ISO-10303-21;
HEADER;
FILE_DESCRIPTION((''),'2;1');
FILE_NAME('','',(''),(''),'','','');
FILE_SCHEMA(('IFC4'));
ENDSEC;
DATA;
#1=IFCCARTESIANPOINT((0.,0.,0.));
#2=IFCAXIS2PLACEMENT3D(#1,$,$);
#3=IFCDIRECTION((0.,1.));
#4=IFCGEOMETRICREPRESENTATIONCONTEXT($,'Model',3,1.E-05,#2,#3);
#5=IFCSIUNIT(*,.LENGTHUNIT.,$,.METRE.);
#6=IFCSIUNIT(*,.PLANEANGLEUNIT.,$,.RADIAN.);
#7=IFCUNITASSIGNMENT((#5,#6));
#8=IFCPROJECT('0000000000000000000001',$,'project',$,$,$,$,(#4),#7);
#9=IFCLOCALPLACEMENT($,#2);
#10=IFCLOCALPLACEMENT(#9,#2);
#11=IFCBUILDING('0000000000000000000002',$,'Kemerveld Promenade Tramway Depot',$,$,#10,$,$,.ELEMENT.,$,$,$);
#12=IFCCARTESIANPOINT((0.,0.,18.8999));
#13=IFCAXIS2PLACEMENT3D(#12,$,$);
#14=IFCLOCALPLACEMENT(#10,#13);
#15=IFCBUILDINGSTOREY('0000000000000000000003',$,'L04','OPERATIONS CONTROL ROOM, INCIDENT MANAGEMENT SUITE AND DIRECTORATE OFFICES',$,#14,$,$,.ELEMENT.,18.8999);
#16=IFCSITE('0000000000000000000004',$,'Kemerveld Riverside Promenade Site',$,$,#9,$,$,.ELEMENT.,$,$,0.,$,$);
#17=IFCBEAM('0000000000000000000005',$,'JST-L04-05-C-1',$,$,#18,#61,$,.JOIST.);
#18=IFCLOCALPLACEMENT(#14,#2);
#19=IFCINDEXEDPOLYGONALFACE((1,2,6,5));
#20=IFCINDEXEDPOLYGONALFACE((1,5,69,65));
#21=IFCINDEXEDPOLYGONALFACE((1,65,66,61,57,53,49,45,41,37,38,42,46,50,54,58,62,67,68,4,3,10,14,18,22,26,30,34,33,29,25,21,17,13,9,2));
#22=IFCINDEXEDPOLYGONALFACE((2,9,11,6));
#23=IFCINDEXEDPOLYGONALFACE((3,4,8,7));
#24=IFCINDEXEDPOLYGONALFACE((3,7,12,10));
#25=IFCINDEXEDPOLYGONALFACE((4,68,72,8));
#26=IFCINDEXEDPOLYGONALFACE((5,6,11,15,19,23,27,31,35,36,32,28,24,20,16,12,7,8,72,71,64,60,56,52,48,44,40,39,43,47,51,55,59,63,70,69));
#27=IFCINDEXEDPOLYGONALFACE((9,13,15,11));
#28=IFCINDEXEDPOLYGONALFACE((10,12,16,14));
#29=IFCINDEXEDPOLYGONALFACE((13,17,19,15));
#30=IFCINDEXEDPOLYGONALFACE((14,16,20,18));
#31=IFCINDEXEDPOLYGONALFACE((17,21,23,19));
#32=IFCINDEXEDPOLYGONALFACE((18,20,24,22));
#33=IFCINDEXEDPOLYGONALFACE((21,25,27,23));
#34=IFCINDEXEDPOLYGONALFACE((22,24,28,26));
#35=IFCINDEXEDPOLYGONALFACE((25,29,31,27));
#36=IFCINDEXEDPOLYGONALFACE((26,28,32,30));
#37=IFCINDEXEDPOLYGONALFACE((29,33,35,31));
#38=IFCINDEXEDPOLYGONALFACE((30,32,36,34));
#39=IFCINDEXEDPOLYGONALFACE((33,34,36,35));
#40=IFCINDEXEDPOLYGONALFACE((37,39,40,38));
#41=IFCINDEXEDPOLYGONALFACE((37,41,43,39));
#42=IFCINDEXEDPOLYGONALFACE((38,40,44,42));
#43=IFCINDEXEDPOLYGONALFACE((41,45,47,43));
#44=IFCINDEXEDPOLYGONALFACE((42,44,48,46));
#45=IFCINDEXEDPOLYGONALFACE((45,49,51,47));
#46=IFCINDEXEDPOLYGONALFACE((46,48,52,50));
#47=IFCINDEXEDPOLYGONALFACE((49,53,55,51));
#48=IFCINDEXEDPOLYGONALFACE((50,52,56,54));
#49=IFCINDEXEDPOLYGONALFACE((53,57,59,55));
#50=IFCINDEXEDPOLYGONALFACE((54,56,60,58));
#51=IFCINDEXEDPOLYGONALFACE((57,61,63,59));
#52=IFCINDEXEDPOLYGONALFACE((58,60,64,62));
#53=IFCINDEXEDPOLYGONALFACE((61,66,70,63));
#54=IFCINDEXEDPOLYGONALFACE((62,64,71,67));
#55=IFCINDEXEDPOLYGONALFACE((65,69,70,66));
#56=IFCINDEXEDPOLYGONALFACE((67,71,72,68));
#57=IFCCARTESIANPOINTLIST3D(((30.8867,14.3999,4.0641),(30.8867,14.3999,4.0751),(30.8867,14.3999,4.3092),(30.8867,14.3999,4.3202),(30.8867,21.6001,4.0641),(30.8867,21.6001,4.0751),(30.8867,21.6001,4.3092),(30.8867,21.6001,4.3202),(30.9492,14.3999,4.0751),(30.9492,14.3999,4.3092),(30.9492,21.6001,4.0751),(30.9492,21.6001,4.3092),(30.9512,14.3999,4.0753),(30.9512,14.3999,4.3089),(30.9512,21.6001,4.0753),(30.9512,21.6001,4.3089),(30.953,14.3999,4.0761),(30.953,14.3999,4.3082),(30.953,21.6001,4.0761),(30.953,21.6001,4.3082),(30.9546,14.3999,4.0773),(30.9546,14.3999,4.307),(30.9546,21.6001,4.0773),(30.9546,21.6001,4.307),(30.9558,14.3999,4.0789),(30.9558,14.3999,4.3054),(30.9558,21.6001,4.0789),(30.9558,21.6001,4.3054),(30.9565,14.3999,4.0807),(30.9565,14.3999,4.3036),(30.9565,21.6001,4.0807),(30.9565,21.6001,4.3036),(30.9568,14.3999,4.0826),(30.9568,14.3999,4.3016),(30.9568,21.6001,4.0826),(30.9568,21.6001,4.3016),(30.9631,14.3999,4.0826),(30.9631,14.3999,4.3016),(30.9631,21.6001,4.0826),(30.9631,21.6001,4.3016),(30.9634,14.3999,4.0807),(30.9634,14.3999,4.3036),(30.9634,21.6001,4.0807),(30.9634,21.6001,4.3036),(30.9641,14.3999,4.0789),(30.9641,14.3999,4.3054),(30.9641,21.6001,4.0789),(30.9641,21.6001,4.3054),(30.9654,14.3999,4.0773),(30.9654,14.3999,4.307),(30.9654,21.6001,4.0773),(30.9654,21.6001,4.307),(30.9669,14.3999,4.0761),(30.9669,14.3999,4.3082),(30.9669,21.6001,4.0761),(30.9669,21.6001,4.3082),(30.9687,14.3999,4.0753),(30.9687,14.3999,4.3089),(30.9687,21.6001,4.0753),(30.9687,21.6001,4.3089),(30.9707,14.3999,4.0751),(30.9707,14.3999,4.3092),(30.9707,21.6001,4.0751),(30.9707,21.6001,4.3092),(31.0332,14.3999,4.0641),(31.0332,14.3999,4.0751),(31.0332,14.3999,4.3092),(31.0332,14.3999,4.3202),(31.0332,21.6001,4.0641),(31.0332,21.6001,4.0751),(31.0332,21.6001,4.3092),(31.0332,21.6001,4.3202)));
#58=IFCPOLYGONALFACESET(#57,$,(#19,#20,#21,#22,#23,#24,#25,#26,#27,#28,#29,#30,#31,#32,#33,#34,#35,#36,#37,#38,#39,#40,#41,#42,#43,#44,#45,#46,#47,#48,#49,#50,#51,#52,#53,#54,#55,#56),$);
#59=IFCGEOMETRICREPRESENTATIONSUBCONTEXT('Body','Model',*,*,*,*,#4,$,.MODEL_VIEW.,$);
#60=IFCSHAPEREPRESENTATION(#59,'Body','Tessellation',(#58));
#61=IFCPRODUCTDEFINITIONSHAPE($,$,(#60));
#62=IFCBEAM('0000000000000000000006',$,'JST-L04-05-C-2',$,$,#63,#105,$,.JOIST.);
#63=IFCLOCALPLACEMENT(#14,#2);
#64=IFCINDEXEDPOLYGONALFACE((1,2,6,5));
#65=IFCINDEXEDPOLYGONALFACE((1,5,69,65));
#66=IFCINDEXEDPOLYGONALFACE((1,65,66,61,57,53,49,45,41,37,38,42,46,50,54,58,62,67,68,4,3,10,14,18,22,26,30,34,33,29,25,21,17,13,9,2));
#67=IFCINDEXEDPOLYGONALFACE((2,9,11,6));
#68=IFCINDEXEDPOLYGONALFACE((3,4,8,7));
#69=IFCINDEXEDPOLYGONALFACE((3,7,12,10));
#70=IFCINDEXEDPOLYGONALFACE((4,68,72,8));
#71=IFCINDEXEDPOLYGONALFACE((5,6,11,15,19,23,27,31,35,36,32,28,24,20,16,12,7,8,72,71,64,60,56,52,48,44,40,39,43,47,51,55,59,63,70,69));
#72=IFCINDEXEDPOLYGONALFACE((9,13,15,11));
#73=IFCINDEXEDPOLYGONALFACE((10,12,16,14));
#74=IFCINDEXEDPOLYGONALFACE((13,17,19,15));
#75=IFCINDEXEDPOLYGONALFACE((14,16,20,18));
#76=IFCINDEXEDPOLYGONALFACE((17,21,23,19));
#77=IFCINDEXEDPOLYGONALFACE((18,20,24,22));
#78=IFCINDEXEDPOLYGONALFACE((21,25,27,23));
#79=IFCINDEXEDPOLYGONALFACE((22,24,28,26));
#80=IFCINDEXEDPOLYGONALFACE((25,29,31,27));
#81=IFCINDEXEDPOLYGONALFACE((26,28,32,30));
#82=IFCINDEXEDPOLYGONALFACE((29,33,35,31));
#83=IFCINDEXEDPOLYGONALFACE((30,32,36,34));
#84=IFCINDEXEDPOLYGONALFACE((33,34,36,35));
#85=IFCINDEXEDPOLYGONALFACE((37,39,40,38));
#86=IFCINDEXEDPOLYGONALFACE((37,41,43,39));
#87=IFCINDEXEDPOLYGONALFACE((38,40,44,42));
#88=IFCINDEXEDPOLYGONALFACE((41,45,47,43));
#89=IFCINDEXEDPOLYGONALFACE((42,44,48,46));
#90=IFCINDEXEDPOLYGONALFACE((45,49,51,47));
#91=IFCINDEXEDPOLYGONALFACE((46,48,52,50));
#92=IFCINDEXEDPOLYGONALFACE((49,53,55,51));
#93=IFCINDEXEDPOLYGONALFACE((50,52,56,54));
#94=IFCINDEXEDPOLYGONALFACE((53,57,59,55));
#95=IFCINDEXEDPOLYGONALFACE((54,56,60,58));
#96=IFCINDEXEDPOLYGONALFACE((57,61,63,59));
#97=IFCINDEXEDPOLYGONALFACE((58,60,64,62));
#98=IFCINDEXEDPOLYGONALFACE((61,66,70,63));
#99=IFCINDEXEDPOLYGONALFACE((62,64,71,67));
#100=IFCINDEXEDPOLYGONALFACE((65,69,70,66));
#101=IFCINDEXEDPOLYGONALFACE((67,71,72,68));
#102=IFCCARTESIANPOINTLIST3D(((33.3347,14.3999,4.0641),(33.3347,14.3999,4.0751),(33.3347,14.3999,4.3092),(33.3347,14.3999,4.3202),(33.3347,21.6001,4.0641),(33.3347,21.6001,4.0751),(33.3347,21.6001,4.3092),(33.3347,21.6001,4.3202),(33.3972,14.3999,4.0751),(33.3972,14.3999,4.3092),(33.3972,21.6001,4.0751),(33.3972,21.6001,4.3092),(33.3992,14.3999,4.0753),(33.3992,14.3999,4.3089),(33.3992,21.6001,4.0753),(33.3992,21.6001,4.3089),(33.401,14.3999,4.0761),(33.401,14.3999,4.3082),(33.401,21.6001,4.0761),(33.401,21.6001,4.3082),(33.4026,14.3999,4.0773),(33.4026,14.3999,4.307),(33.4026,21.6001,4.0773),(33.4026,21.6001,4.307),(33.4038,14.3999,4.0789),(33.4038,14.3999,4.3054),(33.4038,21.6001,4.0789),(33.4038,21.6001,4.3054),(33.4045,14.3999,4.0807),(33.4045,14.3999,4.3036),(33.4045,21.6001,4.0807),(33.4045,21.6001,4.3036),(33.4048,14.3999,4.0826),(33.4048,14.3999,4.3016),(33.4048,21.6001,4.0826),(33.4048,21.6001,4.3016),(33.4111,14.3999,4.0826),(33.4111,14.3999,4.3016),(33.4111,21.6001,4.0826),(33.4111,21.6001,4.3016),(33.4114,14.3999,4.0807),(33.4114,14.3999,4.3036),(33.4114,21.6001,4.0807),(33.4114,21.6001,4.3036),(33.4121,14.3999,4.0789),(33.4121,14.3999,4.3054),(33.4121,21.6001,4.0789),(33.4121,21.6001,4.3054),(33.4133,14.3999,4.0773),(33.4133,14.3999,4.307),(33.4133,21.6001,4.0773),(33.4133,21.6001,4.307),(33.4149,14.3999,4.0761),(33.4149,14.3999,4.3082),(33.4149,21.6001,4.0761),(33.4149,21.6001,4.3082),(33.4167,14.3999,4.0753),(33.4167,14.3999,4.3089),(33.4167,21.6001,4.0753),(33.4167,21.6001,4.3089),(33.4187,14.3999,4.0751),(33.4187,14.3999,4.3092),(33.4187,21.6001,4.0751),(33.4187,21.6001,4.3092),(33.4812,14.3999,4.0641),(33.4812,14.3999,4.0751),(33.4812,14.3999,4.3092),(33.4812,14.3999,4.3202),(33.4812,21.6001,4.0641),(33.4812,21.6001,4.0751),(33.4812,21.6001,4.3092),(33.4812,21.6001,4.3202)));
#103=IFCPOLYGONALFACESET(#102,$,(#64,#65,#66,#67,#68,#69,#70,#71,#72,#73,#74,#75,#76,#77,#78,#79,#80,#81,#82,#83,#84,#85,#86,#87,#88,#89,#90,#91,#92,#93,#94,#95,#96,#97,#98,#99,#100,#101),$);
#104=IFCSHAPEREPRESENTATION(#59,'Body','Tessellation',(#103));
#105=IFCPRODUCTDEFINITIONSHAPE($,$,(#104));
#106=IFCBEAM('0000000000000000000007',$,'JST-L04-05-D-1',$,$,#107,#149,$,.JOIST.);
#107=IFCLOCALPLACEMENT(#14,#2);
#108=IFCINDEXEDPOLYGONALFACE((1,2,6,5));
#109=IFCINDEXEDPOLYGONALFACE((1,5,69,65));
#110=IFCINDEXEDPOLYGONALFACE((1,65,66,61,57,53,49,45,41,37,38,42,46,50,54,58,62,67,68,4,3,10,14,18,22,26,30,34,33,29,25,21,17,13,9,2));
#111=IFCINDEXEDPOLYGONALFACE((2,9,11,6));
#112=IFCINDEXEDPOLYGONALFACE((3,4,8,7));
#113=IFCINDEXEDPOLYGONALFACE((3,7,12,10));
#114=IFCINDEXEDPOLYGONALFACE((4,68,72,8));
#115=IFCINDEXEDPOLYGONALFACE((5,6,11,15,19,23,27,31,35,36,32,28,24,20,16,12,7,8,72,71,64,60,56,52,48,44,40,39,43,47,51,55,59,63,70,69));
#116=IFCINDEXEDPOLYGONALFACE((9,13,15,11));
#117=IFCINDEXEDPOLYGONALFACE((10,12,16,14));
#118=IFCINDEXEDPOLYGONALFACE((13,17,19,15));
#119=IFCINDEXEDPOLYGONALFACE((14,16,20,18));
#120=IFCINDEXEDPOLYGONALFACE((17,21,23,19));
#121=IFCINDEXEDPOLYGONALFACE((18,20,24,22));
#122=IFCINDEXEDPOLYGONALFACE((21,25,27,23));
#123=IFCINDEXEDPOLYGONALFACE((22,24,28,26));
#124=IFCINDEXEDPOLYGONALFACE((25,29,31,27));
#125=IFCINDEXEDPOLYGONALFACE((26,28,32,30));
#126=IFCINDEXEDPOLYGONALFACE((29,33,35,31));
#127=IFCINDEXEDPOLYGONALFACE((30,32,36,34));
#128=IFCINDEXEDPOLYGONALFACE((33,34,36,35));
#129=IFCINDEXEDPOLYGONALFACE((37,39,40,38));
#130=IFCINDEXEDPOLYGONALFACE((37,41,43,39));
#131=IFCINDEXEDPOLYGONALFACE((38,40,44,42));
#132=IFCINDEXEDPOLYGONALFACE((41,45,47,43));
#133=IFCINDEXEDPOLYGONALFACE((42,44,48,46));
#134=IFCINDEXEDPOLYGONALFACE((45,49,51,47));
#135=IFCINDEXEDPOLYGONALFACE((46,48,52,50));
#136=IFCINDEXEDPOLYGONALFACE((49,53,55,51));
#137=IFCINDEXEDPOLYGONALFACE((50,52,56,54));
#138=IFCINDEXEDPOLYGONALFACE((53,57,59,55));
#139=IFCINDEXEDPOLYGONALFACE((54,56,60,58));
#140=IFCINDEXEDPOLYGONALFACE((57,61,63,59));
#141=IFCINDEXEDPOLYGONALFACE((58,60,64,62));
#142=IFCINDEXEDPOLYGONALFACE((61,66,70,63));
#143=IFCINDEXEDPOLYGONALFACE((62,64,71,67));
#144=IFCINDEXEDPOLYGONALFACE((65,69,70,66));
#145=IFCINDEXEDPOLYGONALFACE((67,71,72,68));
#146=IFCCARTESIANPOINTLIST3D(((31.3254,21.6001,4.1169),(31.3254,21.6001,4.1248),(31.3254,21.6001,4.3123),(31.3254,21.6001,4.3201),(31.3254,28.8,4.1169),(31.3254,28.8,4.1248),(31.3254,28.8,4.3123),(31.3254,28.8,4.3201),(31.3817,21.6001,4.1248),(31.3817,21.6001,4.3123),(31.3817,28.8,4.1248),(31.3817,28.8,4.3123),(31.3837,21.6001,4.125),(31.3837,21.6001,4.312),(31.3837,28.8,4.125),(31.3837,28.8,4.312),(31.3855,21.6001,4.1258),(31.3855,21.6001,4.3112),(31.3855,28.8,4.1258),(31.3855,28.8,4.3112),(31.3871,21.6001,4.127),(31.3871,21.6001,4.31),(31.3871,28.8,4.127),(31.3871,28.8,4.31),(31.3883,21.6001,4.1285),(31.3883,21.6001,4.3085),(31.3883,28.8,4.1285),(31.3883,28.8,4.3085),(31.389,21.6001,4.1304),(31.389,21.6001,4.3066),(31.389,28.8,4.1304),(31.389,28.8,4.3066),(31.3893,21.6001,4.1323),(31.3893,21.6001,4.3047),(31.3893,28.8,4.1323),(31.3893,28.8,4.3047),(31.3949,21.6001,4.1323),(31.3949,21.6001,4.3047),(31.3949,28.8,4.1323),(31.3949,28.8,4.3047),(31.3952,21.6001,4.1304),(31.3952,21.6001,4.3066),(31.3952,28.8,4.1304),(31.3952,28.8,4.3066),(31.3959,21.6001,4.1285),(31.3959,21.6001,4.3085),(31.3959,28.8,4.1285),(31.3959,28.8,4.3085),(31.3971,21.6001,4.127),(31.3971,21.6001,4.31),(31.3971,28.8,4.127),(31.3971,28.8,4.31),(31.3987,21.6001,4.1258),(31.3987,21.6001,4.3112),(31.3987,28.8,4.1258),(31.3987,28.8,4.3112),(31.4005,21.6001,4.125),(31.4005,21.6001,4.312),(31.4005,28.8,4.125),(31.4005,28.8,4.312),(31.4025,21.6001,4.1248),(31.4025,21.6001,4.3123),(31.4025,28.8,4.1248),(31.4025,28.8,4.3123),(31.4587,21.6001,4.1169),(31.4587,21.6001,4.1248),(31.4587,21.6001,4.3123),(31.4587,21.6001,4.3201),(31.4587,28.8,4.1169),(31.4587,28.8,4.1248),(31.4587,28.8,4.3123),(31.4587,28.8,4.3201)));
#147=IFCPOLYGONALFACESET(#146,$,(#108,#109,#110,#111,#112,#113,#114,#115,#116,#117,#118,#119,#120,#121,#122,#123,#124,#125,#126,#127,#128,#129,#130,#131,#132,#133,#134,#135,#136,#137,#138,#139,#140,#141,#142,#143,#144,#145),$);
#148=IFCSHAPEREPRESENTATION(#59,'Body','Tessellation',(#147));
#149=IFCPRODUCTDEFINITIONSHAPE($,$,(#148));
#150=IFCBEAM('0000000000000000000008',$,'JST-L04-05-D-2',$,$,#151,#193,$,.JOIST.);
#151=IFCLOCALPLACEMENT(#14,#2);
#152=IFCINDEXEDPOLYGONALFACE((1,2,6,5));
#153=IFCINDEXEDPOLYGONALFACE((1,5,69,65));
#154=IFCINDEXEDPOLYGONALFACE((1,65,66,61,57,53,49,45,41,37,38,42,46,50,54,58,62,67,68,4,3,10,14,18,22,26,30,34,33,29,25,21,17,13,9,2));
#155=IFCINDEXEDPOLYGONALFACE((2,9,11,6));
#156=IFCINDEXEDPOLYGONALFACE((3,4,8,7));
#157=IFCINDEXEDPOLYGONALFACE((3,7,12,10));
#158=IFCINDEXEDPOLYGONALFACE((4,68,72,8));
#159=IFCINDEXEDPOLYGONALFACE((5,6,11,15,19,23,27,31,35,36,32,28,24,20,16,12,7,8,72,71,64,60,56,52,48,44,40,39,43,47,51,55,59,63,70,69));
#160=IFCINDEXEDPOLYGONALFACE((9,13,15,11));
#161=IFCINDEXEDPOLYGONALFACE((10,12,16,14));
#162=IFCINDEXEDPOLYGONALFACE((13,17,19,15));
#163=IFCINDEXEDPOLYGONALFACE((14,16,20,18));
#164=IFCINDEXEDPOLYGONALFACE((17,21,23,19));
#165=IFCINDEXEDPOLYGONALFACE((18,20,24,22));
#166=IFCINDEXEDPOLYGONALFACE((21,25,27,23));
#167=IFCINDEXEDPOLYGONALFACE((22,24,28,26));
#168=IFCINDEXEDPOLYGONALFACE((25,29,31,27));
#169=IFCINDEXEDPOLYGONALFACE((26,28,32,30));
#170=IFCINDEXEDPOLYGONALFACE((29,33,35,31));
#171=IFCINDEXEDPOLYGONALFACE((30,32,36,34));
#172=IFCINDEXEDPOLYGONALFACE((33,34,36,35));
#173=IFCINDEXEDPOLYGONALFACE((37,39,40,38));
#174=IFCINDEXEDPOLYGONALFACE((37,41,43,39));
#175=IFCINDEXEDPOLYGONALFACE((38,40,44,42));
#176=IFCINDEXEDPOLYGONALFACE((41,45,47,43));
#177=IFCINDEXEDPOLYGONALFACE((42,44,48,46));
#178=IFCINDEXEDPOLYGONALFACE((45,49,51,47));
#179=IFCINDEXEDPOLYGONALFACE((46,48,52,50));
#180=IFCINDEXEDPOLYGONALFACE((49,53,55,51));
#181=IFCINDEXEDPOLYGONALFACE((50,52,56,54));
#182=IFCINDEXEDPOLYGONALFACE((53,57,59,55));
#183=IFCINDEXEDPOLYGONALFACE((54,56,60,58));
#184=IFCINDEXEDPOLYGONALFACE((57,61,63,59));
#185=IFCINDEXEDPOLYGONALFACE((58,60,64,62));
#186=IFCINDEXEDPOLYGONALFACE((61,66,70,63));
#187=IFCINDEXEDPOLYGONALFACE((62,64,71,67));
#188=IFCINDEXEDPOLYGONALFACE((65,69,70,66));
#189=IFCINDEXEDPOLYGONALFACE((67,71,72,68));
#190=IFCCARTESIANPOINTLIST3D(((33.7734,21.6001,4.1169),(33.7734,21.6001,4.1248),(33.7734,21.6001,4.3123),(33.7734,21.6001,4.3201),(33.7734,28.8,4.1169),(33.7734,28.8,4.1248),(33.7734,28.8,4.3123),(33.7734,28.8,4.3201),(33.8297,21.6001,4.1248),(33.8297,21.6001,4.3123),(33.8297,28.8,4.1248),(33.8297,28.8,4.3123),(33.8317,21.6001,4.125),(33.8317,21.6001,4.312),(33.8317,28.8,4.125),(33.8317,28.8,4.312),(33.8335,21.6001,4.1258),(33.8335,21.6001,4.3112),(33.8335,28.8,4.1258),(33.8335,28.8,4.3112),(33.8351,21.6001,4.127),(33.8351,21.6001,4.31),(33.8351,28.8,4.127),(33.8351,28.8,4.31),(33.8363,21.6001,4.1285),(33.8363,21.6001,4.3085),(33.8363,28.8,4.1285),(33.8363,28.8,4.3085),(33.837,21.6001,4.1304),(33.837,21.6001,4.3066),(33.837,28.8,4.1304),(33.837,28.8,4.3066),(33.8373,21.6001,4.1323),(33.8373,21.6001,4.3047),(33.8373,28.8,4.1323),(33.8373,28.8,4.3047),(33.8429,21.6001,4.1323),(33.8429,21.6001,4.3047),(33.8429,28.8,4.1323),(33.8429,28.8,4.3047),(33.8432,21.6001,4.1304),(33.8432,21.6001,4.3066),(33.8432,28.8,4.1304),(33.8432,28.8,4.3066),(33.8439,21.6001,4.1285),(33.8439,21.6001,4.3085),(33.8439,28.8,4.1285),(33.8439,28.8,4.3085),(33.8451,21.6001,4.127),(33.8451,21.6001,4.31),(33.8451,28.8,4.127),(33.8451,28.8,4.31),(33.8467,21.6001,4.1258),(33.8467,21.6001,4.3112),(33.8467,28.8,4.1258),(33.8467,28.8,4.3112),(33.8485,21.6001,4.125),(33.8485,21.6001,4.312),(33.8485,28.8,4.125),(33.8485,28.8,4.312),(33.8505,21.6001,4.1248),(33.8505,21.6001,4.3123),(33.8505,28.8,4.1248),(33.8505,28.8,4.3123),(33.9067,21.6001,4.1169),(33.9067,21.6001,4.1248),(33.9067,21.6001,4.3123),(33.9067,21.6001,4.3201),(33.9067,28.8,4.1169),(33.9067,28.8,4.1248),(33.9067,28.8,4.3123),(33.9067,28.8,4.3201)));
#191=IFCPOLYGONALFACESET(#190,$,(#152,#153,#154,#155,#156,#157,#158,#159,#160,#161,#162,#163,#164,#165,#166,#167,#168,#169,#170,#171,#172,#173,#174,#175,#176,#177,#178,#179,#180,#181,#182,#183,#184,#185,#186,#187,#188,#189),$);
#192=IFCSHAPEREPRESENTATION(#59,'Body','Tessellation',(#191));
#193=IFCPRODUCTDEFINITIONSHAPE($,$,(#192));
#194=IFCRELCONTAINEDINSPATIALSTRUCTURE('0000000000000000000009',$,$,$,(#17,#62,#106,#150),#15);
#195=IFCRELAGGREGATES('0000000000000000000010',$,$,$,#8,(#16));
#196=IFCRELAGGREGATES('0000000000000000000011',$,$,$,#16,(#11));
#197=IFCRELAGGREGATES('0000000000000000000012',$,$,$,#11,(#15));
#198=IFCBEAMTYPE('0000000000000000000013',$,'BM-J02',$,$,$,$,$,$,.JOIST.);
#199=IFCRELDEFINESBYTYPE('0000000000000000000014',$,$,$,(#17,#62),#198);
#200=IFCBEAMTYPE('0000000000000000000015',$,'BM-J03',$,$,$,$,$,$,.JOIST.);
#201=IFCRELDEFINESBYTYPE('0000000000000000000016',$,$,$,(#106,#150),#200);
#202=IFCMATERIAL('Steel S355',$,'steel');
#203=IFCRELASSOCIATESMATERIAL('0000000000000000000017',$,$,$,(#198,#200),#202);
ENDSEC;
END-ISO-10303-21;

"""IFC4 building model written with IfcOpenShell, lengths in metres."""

from ifc_helpers import new_model, si_unit, direction, frame, origin, origin_2d, place, context, subcontext, project, spatial, i_section, extrude, material, material_profile, profile_set, type_object, element, save


model = new_model("IFC4")

# Units and contexts
model_context = context("Model", 3, precision=1e-05, world=origin(), true_north=direction((0.0, 1.0)))
body_context = subcontext(model_context, "Body", "Model", "MODEL_VIEW")
ifc_project = project(units=[si_unit("LENGTHUNIT", "METRE"), si_unit("PLANEANGLEUNIT", "RADIAN")], contexts=[model_context])

# Site, building, storey
site_placement = place(None, origin())
site = spatial("IfcSite", under=ifc_project, at=site_placement, Name="Kemerveld Riverside Promenade Site", CompositionType="ELEMENT", RefElevation=0.0)
building_placement = place(site_placement, origin())
building = spatial("IfcBuilding", under=site, at=building_placement, Name="Kemerveld Promenade Tramway Depot", CompositionType="ELEMENT")
storey_placement = place(building_placement, frame((0.0, 0.0, 18.8999)))
storey = spatial("IfcBuildingStorey", under=building, at=storey_placement, Name="L04", Description="OPERATIONS CONTROL ROOM, INCIDENT MANAGEMENT SUITE AND DIRECTORATE OFFICES", CompositionType="ELEMENT", Elevation=18.8999)

# Shared definitions
ifc_material = material(Name="Steel S355", Category="steel")

# Beams
ifc_material_profile_1 = material_profile(ifc_material, i_section(OverallWidth=0.1465, OverallDepth=0.2561, WebThickness=0.0063, FlangeThickness=0.011, FilletRadius=0.0076, at=origin_2d()), Name="254x146x37 UB")
ifc_profile_set_1 = profile_set([ifc_material_profile_1], Name="Steel S355")
beam_type_1 = type_object("IfcBeamType", Name="BM-J02", PredefinedType="JOIST", material=ifc_profile_set_1)
for number, where, z_axis, x_axis, name in (
    (1, (30.96, 14.3999, 4.1921), (0.0, 1.0, 0.0), (-1.0, 0.0, 0.0), "JST-L04-05-C-1"),
    (2, (33.408, 14.3999, 4.1921), (0.0, 1.0, 0.0), (-1.0, 0.0, 0.0), "JST-L04-05-C-2"),
):
    element("IfcBeam", number, at=place(storey_placement, frame(where, z_axis=z_axis, x_axis=x_axis)), inside=storey, type_object=beam_type_1, Name=name, PredefinedType="JOIST", context=body_context, shape_type="SweptSolid", body=[
        extrude(i_section(OverallWidth=0.1465, OverallDepth=0.2561, WebThickness=0.0063, FlangeThickness=0.011, FilletRadius=0.0076, at=origin_2d()), origin(), (0.0, 0.0, 1.0), 7.2002),
    ])
ifc_material_profile_2 = material_profile(ifc_material, i_section(OverallWidth=0.1333, OverallDepth=0.2031, WebThickness=0.0056, FlangeThickness=0.0078, FilletRadius=0.0076, at=origin_2d()), Name="203x133x25 UB")
ifc_profile_set_2 = profile_set([ifc_material_profile_2], Name="Steel S355")
beam_type_2 = type_object("IfcBeamType", Name="BM-J03", PredefinedType="JOIST", material=ifc_profile_set_2)
for number, where, z_axis, x_axis, name in (
    (3, (31.3921, 21.6001, 4.2185), (0.0, 1.0, 0.0), (-1.0, 0.0, 0.0), "JST-L04-05-D-1"),
    (4, (33.8401, 21.6001, 4.2185), (0.0, 1.0, 0.0), (-1.0, 0.0, 0.0), "JST-L04-05-D-2"),
):
    element("IfcBeam", number, at=place(storey_placement, frame(where, z_axis=z_axis, x_axis=x_axis)), inside=storey, type_object=beam_type_2, Name=name, PredefinedType="JOIST", context=body_context, shape_type="SweptSolid", body=[
        extrude(i_section(OverallWidth=0.1333, OverallDepth=0.2031, WebThickness=0.0056, FlangeThickness=0.0078, FilletRadius=0.0076, at=origin_2d()), origin(), (0.0, 0.0, 1.0), 7.2),
    ])

save(model, "model.ifc")
